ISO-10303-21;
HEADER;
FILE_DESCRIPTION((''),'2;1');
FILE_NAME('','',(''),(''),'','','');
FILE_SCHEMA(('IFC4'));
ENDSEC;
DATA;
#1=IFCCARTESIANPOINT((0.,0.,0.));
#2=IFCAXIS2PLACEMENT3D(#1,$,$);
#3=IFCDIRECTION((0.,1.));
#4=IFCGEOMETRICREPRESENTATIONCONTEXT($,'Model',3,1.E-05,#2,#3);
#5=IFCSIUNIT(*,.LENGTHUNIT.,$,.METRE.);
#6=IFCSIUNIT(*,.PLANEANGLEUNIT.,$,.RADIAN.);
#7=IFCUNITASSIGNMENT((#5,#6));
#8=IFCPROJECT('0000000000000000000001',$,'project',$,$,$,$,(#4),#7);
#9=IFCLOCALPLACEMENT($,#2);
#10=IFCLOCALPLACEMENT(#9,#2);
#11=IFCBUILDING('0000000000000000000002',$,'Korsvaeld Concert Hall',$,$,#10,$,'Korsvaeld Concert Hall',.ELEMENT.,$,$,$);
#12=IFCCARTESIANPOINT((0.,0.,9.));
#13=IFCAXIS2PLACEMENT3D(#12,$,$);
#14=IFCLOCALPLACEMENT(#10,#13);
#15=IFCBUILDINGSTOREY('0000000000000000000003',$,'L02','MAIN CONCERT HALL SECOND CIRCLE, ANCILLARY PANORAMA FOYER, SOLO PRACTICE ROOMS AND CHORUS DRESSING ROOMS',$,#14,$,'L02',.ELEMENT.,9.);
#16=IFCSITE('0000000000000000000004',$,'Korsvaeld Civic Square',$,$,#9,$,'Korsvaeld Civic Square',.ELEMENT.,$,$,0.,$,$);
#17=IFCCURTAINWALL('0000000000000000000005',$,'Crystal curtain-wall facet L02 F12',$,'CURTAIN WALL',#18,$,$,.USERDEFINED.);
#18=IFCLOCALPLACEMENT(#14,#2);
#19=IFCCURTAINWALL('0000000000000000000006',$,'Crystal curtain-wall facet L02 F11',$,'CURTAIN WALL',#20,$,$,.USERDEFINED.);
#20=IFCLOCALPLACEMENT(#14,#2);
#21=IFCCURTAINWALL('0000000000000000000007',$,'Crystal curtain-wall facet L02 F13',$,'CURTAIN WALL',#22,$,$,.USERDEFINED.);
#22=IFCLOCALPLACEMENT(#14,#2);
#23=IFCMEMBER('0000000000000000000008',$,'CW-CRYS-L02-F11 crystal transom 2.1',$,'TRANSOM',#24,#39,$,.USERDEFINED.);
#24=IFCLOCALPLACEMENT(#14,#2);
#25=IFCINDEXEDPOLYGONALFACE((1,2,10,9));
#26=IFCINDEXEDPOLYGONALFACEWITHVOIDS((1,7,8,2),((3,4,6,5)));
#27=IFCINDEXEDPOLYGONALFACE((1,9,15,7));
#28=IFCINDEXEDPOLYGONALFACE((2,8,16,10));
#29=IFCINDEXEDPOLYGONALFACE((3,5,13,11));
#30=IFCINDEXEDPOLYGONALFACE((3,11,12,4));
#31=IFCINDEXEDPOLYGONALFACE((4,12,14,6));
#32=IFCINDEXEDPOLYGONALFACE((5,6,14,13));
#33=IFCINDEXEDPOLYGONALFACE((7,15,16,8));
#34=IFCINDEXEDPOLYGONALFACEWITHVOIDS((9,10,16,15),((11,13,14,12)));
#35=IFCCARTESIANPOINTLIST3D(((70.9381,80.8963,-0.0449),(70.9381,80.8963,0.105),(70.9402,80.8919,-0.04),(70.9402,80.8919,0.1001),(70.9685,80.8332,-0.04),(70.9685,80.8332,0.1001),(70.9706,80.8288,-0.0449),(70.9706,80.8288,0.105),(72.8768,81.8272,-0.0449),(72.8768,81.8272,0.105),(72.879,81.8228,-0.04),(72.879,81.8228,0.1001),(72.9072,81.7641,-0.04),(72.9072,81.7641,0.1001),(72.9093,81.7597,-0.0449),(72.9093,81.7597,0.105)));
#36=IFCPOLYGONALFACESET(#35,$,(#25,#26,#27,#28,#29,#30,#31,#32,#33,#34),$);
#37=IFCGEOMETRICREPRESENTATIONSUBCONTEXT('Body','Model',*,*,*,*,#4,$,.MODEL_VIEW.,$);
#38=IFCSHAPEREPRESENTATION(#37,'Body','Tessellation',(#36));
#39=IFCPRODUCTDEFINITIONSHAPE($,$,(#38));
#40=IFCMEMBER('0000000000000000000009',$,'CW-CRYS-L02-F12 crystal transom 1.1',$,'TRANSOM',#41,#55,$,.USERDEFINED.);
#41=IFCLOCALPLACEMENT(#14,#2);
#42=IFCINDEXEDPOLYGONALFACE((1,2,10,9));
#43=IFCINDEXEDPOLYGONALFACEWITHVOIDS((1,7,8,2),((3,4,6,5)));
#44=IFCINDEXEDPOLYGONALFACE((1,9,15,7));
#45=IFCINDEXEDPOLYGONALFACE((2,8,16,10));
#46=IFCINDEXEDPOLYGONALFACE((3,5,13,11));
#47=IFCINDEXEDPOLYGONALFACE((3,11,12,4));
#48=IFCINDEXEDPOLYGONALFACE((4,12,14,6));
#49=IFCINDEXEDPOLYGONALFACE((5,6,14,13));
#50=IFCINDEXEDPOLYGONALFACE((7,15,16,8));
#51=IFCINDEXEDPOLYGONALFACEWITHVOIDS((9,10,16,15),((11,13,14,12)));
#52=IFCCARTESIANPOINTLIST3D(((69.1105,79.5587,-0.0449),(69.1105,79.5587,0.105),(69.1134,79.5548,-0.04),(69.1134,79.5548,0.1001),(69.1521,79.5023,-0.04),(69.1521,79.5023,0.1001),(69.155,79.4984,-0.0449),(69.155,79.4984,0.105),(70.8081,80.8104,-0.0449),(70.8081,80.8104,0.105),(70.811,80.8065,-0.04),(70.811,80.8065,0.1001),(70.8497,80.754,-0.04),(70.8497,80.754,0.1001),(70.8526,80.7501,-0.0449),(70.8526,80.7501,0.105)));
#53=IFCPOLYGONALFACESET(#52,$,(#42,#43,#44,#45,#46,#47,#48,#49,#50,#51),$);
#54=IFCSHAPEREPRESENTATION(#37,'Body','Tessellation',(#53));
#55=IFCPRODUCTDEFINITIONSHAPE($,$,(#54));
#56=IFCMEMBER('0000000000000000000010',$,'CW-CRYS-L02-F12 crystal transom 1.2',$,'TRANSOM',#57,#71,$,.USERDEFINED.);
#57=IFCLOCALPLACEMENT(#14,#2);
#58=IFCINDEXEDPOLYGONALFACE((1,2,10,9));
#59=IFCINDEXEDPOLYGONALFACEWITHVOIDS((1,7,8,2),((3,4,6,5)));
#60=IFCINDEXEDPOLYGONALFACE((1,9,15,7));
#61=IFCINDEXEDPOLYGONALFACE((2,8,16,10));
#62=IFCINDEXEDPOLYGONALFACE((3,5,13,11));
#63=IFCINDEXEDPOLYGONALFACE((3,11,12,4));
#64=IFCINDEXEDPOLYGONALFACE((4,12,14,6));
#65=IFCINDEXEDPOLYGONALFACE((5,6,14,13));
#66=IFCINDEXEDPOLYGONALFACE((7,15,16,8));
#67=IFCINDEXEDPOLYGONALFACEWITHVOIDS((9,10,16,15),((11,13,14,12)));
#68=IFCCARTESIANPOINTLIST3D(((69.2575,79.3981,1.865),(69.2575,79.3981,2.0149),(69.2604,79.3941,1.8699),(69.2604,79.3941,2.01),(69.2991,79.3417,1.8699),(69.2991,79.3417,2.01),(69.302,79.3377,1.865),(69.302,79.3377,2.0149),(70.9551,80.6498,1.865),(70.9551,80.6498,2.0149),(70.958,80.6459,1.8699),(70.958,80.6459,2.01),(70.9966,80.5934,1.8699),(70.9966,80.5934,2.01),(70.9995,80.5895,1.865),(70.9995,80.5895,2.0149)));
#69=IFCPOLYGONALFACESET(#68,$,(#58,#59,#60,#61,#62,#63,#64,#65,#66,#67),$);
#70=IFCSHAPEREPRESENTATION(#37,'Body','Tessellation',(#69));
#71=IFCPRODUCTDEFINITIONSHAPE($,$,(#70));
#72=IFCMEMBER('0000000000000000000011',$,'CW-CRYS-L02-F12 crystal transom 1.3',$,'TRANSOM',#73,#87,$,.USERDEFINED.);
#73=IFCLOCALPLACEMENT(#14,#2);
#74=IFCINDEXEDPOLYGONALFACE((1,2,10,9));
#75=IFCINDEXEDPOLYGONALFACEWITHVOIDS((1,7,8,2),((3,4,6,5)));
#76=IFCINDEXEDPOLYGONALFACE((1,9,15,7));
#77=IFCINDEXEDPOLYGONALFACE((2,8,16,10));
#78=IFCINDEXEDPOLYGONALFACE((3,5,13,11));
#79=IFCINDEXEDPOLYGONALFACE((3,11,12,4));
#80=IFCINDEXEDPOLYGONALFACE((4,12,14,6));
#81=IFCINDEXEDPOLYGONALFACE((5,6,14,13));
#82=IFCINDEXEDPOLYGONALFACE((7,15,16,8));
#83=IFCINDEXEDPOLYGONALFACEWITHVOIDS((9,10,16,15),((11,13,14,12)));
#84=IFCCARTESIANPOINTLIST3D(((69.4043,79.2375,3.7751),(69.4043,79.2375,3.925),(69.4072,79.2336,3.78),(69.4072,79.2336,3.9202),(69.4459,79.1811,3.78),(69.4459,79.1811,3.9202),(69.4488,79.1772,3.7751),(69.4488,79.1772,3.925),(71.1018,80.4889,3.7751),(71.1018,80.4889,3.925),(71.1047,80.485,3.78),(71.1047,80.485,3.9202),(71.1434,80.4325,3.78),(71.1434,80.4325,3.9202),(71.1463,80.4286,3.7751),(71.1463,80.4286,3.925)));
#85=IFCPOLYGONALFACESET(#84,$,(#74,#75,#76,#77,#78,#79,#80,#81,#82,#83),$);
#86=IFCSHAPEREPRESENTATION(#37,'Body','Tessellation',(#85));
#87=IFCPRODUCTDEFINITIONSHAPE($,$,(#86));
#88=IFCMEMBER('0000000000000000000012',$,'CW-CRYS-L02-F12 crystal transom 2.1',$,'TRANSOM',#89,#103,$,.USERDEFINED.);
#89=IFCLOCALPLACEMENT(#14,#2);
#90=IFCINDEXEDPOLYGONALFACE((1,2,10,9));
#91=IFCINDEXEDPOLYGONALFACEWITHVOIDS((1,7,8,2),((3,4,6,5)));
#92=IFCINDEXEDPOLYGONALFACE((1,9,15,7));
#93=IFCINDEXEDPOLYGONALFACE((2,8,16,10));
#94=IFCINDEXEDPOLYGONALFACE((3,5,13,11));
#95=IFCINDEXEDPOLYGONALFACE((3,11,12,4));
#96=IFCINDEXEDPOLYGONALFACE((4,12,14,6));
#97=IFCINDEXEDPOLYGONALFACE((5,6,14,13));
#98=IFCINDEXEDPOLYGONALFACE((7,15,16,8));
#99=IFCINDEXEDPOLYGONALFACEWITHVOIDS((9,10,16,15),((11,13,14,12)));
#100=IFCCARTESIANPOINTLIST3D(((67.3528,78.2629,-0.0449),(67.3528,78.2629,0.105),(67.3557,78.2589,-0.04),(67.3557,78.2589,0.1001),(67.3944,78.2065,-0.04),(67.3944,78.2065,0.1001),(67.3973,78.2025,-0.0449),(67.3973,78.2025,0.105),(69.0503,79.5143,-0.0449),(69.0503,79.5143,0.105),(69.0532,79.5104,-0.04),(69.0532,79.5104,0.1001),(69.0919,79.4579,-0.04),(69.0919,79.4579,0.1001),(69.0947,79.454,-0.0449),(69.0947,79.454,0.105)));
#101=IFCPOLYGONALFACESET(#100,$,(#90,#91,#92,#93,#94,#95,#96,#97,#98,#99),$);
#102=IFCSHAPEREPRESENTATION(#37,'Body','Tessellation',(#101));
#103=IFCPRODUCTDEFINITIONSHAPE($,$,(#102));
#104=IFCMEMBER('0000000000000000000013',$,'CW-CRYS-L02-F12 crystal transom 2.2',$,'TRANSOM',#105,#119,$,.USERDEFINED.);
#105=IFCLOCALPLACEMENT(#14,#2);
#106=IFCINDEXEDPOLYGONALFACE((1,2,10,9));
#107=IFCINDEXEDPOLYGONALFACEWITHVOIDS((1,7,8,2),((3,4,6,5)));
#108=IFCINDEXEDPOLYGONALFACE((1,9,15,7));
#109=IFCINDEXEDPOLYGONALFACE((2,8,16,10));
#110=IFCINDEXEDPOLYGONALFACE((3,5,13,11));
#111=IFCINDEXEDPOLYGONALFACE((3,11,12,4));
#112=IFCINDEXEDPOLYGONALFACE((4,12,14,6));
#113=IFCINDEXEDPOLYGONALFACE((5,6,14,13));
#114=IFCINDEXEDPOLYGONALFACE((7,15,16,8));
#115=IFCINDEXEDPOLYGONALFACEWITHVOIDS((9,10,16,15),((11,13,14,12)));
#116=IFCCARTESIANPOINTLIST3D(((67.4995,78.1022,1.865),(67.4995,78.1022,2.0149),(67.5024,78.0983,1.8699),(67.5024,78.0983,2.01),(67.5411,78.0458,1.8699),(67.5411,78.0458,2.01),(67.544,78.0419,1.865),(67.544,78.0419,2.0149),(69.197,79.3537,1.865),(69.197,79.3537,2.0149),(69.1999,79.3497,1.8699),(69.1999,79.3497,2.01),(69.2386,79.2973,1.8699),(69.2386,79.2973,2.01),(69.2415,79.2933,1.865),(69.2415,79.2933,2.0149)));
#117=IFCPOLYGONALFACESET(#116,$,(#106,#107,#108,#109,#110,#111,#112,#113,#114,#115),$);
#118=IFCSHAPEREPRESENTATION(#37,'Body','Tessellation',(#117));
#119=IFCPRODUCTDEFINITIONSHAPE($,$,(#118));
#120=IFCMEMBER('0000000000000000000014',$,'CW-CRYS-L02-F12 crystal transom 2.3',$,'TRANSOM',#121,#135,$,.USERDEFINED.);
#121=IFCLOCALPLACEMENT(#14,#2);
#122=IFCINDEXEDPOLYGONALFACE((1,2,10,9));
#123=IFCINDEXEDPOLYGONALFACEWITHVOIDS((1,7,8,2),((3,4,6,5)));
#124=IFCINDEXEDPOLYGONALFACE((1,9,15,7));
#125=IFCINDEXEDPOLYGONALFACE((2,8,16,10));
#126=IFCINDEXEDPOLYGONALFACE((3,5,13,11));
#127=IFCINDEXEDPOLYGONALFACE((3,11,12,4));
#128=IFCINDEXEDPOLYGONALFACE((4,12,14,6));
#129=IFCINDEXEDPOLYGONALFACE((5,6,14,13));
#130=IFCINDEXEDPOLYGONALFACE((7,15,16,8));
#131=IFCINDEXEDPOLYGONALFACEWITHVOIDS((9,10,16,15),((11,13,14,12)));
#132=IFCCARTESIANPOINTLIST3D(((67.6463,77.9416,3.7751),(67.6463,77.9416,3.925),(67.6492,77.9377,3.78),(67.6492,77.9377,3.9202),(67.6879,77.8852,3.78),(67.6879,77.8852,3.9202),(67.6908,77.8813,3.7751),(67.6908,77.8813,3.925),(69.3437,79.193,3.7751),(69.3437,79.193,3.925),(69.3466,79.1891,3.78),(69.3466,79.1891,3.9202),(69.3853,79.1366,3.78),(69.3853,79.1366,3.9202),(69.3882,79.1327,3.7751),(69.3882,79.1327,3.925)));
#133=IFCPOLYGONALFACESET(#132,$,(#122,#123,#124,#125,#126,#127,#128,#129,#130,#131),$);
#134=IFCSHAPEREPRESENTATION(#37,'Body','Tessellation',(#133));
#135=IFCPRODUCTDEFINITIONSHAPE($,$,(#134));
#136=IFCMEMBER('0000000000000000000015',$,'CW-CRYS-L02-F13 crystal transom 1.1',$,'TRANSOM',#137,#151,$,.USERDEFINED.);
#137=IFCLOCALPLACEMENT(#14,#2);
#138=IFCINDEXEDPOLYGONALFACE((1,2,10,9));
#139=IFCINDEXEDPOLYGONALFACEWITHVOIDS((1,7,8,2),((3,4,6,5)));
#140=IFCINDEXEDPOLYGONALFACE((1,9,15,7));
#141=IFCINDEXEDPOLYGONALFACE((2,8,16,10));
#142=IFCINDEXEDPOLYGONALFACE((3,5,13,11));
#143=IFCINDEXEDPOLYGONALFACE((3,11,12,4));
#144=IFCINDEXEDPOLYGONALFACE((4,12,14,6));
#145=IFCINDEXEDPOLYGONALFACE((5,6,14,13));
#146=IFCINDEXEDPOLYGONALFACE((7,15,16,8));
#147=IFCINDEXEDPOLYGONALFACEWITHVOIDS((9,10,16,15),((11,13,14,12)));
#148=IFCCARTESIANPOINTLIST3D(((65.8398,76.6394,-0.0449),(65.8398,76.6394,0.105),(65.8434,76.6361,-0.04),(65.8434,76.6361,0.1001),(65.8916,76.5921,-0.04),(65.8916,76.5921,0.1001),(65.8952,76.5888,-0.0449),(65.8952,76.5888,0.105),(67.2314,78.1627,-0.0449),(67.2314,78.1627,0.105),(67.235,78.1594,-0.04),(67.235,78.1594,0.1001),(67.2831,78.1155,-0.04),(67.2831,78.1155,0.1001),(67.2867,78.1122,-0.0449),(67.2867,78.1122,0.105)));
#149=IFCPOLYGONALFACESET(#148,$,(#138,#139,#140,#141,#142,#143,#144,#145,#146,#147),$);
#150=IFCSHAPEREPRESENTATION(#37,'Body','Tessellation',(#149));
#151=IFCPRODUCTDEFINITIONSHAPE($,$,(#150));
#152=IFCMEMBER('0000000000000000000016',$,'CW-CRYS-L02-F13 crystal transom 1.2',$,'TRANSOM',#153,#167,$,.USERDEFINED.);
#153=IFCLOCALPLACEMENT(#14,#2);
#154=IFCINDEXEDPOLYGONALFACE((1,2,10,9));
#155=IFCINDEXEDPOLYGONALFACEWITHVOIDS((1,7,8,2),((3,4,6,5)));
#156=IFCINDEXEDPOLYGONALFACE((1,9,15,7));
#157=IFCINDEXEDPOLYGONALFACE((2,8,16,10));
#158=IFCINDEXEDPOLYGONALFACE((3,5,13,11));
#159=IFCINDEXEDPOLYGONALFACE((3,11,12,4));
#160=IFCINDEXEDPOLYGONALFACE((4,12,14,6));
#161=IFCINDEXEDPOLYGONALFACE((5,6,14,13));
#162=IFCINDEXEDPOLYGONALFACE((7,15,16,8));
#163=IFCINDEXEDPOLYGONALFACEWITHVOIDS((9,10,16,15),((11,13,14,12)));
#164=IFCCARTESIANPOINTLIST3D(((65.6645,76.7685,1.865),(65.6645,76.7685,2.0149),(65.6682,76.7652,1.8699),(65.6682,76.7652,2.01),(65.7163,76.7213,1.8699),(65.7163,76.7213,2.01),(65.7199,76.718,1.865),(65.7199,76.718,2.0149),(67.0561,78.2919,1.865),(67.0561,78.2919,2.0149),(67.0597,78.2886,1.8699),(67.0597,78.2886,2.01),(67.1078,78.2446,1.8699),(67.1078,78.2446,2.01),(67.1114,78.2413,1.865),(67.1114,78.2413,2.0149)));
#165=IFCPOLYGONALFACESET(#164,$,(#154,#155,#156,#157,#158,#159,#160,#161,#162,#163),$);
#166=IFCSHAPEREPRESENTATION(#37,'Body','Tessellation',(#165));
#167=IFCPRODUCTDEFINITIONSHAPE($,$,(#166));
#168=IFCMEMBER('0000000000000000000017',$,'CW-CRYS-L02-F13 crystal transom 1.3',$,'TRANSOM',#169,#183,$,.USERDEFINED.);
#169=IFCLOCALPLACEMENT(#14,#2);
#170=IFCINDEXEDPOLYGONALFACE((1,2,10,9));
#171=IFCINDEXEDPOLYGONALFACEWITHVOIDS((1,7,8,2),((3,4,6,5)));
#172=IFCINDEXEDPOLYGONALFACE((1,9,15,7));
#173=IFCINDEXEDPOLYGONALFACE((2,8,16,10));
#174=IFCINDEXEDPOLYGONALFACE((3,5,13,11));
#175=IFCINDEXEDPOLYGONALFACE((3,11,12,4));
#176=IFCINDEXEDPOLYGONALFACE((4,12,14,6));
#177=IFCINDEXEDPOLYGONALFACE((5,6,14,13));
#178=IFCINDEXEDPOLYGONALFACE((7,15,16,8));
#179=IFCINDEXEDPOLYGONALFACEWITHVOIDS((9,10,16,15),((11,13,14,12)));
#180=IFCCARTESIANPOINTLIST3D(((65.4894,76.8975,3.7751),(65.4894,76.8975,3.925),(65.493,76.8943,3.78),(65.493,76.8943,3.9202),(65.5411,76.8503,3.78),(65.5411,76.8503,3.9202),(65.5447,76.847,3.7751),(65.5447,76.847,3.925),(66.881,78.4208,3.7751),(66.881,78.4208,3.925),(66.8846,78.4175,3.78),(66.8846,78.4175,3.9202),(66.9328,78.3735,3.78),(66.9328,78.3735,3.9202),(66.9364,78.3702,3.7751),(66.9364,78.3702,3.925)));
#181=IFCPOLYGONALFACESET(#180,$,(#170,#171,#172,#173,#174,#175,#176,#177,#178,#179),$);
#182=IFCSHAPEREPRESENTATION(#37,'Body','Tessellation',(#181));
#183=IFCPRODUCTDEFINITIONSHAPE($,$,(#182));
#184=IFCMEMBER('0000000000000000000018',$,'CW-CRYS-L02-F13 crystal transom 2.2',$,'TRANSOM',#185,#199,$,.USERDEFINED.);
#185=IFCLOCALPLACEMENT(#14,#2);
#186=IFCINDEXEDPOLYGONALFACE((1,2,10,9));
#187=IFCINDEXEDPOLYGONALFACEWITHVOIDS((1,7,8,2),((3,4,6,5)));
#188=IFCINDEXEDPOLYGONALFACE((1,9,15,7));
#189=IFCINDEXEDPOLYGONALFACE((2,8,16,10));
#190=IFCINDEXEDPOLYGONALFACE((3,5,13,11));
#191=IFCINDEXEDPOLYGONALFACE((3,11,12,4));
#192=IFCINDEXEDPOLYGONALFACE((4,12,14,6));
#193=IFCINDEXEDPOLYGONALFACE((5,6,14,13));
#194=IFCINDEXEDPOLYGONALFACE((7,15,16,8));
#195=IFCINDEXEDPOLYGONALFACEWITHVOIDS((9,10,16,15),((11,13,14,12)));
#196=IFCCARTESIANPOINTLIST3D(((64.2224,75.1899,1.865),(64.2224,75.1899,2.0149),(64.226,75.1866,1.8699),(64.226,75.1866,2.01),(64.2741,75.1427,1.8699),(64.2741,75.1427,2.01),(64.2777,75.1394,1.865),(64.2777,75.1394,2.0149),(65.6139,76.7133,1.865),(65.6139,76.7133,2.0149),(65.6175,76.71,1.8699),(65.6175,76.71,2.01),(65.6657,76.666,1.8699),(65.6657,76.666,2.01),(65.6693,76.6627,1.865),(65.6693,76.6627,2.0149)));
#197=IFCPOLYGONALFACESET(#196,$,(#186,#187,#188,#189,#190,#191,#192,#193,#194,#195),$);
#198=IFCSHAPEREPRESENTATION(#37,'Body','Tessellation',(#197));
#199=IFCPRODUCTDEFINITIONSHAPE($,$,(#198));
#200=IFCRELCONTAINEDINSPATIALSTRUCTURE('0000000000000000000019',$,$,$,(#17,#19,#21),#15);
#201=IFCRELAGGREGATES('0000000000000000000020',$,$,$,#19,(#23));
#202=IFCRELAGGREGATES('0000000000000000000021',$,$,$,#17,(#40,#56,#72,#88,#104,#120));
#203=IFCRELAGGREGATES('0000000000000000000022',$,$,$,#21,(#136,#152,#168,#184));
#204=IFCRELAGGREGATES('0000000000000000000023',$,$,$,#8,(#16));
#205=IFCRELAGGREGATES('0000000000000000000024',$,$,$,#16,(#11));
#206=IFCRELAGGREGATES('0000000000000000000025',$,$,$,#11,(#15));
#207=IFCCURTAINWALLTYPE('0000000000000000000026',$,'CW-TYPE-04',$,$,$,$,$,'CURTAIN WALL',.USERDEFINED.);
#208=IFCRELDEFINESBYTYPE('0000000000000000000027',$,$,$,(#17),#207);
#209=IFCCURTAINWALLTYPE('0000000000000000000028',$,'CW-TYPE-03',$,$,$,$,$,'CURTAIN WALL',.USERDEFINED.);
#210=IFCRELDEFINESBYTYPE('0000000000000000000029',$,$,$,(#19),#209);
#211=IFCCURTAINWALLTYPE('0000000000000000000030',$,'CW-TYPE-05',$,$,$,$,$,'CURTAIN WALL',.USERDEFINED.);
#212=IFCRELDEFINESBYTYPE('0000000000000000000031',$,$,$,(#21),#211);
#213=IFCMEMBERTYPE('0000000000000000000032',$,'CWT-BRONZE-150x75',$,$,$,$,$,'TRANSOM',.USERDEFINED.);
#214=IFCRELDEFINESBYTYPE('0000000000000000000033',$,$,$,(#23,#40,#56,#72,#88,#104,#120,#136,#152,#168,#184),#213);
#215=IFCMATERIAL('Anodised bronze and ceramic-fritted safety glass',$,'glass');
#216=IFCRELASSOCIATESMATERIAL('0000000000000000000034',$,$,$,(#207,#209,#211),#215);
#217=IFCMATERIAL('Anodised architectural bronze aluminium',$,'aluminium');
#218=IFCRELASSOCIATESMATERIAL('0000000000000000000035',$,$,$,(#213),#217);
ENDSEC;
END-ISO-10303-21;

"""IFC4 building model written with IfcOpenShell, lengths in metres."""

from ifc_helpers import new_model, si_unit, direction, frame, origin, origin_2d, place, context, subcontext, project, spatial, hollow_rectangle, extrude, material, material_profile, profile_set, type_object, element, aggregate, save


model = new_model("IFC4")

# Units and contexts
model_context = context("Model", 3, precision=1e-05, world=origin(), true_north=direction((0.0, 1.0)))
body_context = subcontext(model_context, "Body", "Model", "MODEL_VIEW")
ifc_project = project(units=[si_unit("LENGTHUNIT", "METRE"), si_unit("PLANEANGLEUNIT", "RADIAN")], contexts=[model_context])

# Site, building, storey
site_placement = place(None, origin())
site = spatial("IfcSite", under=ifc_project, at=site_placement, Name="Korsvaeld Civic Square", LongName="Korsvaeld Civic Square", CompositionType="ELEMENT", RefElevation=0.0)
building_placement = place(site_placement, origin())
building = spatial("IfcBuilding", under=site, at=building_placement, Name="Korsvaeld Concert Hall", LongName="Korsvaeld Concert Hall", CompositionType="ELEMENT")
storey_placement = place(building_placement, frame((0.0, 0.0, 9.0)))
storey = spatial("IfcBuildingStorey", under=building, at=storey_placement, Name="L02", Description="MAIN CONCERT HALL SECOND CIRCLE, ANCILLARY PANORAMA FOYER, SOLO PRACTICE ROOMS AND CHORUS DRESSING ROOMS", LongName="L02", CompositionType="ELEMENT", Elevation=9.0)

# Curtain wall
ifc_material_1 = material(Name="Anodised bronze and ceramic-fritted safety glass", Category="glass")
curtain_wall_type_1 = type_object("IfcCurtainWallType", Name="CW-TYPE-04", ElementType="CURTAIN WALL", PredefinedType="USERDEFINED", material=ifc_material_1)
curtain_wall_1_placement = place(storey_placement, origin())
curtain_wall_1 = element("IfcCurtainWall", 1, at=curtain_wall_1_placement, inside=storey, type_object=curtain_wall_type_1, Name="Crystal curtain-wall facet L02 F12", ObjectType="CURTAIN WALL", PredefinedType="USERDEFINED")
ifc_material_2 = material(Name="Anodised architectural bronze aluminium", Category="aluminium")

# Curtain walls
curtain_wall_type_2 = type_object("IfcCurtainWallType", Name="CW-TYPE-03", ElementType="CURTAIN WALL", PredefinedType="USERDEFINED", material=ifc_material_1)
curtain_wall_2_placement = place(storey_placement, origin())
curtain_wall_2 = element("IfcCurtainWall", 2, at=curtain_wall_2_placement, inside=storey, type_object=curtain_wall_type_2, Name="Crystal curtain-wall facet L02 F11", ObjectType="CURTAIN WALL", PredefinedType="USERDEFINED")
curtain_wall_type_3 = type_object("IfcCurtainWallType", Name="CW-TYPE-05", ElementType="CURTAIN WALL", PredefinedType="USERDEFINED", material=ifc_material_1)
curtain_wall_3_placement = place(storey_placement, origin())
curtain_wall_3 = element("IfcCurtainWall", 3, at=curtain_wall_3_placement, inside=storey, type_object=curtain_wall_type_3, Name="Crystal curtain-wall facet L02 F13", ObjectType="CURTAIN WALL", PredefinedType="USERDEFINED")

# Members
ifc_material_profile_1 = material_profile(ifc_material_2, hollow_rectangle(XDim=0.075, YDim=0.1499, WallThickness=0.0049, at=origin_2d()), Name="CWT 150x75x5")
ifc_profile_set_1 = profile_set([ifc_material_profile_1], Name="Anodised architectural bronze aluminium")
member_type_1 = type_object("IfcMemberType", Name="CWT-BRONZE-150x75", ElementType="TRANSOM", PredefinedType="USERDEFINED", material=ifc_profile_set_1)
member_1_placement = place(storey_placement, frame((72.8931, 81.7935, 0.03), z_axis=(-0.901465, -0.432853, 0.0), x_axis=(0.432853, -0.901465, 0.0)))
member_1 = element("IfcMember", 4, at=member_1_placement, type_object=member_type_1, Name="CW-CRYS-L02-F11 crystal transom 2.1", ObjectType="TRANSOM", PredefinedType="USERDEFINED", context=body_context, shape_type="SweptSolid", body=[
    extrude(hollow_rectangle(XDim=0.075, YDim=0.1499, WallThickness=0.0049, at=origin_2d()), origin(), (0.0, 0.0, 1.0), 2.1506),
])
aggregate(curtain_wall_2, [member_1])
member_2_placement = place(storey_placement, frame((70.8303, 80.7803, 0.03), z_axis=(-0.804849, -0.593479, 0.0), x_axis=(0.593479, -0.804849, 0.0)))
member_2 = element("IfcMember", 5, at=member_2_placement, type_object=member_type_1, Name="CW-CRYS-L02-F12 crystal transom 1.1", ObjectType="TRANSOM", PredefinedType="USERDEFINED", context=body_context, shape_type="SweptSolid", body=[
    extrude(hollow_rectangle(XDim=0.075, YDim=0.1499, WallThickness=0.0049, at=origin_2d()), origin(), (0.0, 0.0, 1.0), 2.1091),
])
member_3_placement = place(storey_placement, frame((70.9773, 80.6196, 1.9399), z_axis=(-0.804849, -0.593479, 0.0), x_axis=(0.593479, -0.804849, 0.0)))
member_3 = element("IfcMember", 6, at=member_3_placement, type_object=member_type_1, Name="CW-CRYS-L02-F12 crystal transom 1.2", ObjectType="TRANSOM", PredefinedType="USERDEFINED", context=body_context, shape_type="SweptSolid", body=[
    extrude(hollow_rectangle(XDim=0.075, YDim=0.1499, WallThickness=0.0049, at=origin_2d()), origin(), (0.0, 0.0, 1.0), 2.1091),
])
member_4_placement = place(storey_placement, frame((71.124, 80.4587, 3.8501), z_axis=(-0.804905, -0.593404, 0.0), x_axis=(0.593404, -0.804905, 0.0)))
member_4 = element("IfcMember", 7, at=member_4_placement, type_object=member_type_1, Name="CW-CRYS-L02-F12 crystal transom 1.3", ObjectType="TRANSOM", PredefinedType="USERDEFINED", context=body_context, shape_type="SweptSolid", body=[
    extrude(hollow_rectangle(XDim=0.075, YDim=0.1499, WallThickness=0.0049, at=origin_2d()), origin(), (0.0, 0.0, 1.0), 2.1089),
])
member_5_placement = place(storey_placement, frame((69.0725, 79.4841, 0.03), z_axis=(-0.804905, -0.593404, 0.0), x_axis=(0.593404, -0.804905, 0.0)))
member_5 = element("IfcMember", 8, at=member_5_placement, type_object=member_type_1, Name="CW-CRYS-L02-F12 crystal transom 2.1", ObjectType="TRANSOM", PredefinedType="USERDEFINED", context=body_context, shape_type="SweptSolid", body=[
    extrude(hollow_rectangle(XDim=0.075, YDim=0.1499, WallThickness=0.0049, at=origin_2d()), origin(), (0.0, 0.0, 1.0), 2.1089),
])
member_6_placement = place(storey_placement, frame((69.2192, 79.3235, 1.9399), z_axis=(-0.804905, -0.593404, 0.0), x_axis=(0.593404, -0.804905, 0.0)))
member_6 = element("IfcMember", 9, at=member_6_placement, type_object=member_type_1, Name="CW-CRYS-L02-F12 crystal transom 2.2", ObjectType="TRANSOM", PredefinedType="USERDEFINED", context=body_context, shape_type="SweptSolid", body=[
    extrude(hollow_rectangle(XDim=0.075, YDim=0.1499, WallThickness=0.0049, at=origin_2d()), origin(), (0.0, 0.0, 1.0), 2.1089),
])
member_7_placement = place(storey_placement, frame((69.366, 79.1628, 3.8501), z_axis=(-0.804905, -0.593404, 0.0), x_axis=(0.593404, -0.804905, 0.0)))
member_7 = element("IfcMember", 10, at=member_7_placement, type_object=member_type_1, Name="CW-CRYS-L02-F12 crystal transom 2.3", ObjectType="TRANSOM", PredefinedType="USERDEFINED", context=body_context, shape_type="SweptSolid", body=[
    extrude(hollow_rectangle(XDim=0.075, YDim=0.1499, WallThickness=0.0049, at=origin_2d()), origin(), (0.0, 0.0, 1.0), 2.1089),
])
member_8_placement = place(storey_placement, frame((67.259, 78.1375, 0.03), z_axis=(-0.674438, -0.738332, 0.0), x_axis=(0.738332, -0.674438, 0.0)))
member_8 = element("IfcMember", 11, at=member_8_placement, type_object=member_type_1, Name="CW-CRYS-L02-F13 crystal transom 1.1", ObjectType="TRANSOM", PredefinedType="USERDEFINED", context=body_context, shape_type="SweptSolid", body=[
    extrude(hollow_rectangle(XDim=0.075, YDim=0.1499, WallThickness=0.0049, at=origin_2d()), origin(), (0.0, 0.0, 1.0), 2.0632),
])
member_9_placement = place(storey_placement, frame((67.0837, 78.2666, 1.9399), z_axis=(-0.674438, -0.738332, 0.0), x_axis=(0.738332, -0.674438, 0.0)))
member_9 = element("IfcMember", 12, at=member_9_placement, type_object=member_type_1, Name="CW-CRYS-L02-F13 crystal transom 1.2", ObjectType="TRANSOM", PredefinedType="USERDEFINED", context=body_context, shape_type="SweptSolid", body=[
    extrude(hollow_rectangle(XDim=0.075, YDim=0.1499, WallThickness=0.0049, at=origin_2d()), origin(), (0.0, 0.0, 1.0), 2.0632),
])
member_10_placement = place(storey_placement, frame((66.9087, 78.3955, 3.8501), z_axis=(-0.674497, -0.738278, 0.0), x_axis=(0.738278, -0.674497, 0.0)))
member_10 = element("IfcMember", 13, at=member_10_placement, type_object=member_type_1, Name="CW-CRYS-L02-F13 crystal transom 1.3", ObjectType="TRANSOM", PredefinedType="USERDEFINED", context=body_context, shape_type="SweptSolid", body=[
    extrude(hollow_rectangle(XDim=0.075, YDim=0.1499, WallThickness=0.0049, at=origin_2d()), origin(), (0.0, 0.0, 1.0), 2.0632),
])
member_11_placement = place(storey_placement, frame((65.6416, 76.688, 1.9399), z_axis=(-0.674438, -0.738332, 0.0), x_axis=(0.738332, -0.674438, 0.0)))
member_11 = element("IfcMember", 14, at=member_11_placement, type_object=member_type_1, Name="CW-CRYS-L02-F13 crystal transom 2.2", ObjectType="TRANSOM", PredefinedType="USERDEFINED", context=body_context, shape_type="SweptSolid", body=[
    extrude(hollow_rectangle(XDim=0.075, YDim=0.1499, WallThickness=0.0049, at=origin_2d()), origin(), (0.0, 0.0, 1.0), 2.0632),
])

aggregate(curtain_wall_1, [member_2, member_3, member_4, member_5, member_6, member_7])
aggregate(curtain_wall_3, [member_8, member_9, member_10, member_11])

save(model, "model.ifc")
